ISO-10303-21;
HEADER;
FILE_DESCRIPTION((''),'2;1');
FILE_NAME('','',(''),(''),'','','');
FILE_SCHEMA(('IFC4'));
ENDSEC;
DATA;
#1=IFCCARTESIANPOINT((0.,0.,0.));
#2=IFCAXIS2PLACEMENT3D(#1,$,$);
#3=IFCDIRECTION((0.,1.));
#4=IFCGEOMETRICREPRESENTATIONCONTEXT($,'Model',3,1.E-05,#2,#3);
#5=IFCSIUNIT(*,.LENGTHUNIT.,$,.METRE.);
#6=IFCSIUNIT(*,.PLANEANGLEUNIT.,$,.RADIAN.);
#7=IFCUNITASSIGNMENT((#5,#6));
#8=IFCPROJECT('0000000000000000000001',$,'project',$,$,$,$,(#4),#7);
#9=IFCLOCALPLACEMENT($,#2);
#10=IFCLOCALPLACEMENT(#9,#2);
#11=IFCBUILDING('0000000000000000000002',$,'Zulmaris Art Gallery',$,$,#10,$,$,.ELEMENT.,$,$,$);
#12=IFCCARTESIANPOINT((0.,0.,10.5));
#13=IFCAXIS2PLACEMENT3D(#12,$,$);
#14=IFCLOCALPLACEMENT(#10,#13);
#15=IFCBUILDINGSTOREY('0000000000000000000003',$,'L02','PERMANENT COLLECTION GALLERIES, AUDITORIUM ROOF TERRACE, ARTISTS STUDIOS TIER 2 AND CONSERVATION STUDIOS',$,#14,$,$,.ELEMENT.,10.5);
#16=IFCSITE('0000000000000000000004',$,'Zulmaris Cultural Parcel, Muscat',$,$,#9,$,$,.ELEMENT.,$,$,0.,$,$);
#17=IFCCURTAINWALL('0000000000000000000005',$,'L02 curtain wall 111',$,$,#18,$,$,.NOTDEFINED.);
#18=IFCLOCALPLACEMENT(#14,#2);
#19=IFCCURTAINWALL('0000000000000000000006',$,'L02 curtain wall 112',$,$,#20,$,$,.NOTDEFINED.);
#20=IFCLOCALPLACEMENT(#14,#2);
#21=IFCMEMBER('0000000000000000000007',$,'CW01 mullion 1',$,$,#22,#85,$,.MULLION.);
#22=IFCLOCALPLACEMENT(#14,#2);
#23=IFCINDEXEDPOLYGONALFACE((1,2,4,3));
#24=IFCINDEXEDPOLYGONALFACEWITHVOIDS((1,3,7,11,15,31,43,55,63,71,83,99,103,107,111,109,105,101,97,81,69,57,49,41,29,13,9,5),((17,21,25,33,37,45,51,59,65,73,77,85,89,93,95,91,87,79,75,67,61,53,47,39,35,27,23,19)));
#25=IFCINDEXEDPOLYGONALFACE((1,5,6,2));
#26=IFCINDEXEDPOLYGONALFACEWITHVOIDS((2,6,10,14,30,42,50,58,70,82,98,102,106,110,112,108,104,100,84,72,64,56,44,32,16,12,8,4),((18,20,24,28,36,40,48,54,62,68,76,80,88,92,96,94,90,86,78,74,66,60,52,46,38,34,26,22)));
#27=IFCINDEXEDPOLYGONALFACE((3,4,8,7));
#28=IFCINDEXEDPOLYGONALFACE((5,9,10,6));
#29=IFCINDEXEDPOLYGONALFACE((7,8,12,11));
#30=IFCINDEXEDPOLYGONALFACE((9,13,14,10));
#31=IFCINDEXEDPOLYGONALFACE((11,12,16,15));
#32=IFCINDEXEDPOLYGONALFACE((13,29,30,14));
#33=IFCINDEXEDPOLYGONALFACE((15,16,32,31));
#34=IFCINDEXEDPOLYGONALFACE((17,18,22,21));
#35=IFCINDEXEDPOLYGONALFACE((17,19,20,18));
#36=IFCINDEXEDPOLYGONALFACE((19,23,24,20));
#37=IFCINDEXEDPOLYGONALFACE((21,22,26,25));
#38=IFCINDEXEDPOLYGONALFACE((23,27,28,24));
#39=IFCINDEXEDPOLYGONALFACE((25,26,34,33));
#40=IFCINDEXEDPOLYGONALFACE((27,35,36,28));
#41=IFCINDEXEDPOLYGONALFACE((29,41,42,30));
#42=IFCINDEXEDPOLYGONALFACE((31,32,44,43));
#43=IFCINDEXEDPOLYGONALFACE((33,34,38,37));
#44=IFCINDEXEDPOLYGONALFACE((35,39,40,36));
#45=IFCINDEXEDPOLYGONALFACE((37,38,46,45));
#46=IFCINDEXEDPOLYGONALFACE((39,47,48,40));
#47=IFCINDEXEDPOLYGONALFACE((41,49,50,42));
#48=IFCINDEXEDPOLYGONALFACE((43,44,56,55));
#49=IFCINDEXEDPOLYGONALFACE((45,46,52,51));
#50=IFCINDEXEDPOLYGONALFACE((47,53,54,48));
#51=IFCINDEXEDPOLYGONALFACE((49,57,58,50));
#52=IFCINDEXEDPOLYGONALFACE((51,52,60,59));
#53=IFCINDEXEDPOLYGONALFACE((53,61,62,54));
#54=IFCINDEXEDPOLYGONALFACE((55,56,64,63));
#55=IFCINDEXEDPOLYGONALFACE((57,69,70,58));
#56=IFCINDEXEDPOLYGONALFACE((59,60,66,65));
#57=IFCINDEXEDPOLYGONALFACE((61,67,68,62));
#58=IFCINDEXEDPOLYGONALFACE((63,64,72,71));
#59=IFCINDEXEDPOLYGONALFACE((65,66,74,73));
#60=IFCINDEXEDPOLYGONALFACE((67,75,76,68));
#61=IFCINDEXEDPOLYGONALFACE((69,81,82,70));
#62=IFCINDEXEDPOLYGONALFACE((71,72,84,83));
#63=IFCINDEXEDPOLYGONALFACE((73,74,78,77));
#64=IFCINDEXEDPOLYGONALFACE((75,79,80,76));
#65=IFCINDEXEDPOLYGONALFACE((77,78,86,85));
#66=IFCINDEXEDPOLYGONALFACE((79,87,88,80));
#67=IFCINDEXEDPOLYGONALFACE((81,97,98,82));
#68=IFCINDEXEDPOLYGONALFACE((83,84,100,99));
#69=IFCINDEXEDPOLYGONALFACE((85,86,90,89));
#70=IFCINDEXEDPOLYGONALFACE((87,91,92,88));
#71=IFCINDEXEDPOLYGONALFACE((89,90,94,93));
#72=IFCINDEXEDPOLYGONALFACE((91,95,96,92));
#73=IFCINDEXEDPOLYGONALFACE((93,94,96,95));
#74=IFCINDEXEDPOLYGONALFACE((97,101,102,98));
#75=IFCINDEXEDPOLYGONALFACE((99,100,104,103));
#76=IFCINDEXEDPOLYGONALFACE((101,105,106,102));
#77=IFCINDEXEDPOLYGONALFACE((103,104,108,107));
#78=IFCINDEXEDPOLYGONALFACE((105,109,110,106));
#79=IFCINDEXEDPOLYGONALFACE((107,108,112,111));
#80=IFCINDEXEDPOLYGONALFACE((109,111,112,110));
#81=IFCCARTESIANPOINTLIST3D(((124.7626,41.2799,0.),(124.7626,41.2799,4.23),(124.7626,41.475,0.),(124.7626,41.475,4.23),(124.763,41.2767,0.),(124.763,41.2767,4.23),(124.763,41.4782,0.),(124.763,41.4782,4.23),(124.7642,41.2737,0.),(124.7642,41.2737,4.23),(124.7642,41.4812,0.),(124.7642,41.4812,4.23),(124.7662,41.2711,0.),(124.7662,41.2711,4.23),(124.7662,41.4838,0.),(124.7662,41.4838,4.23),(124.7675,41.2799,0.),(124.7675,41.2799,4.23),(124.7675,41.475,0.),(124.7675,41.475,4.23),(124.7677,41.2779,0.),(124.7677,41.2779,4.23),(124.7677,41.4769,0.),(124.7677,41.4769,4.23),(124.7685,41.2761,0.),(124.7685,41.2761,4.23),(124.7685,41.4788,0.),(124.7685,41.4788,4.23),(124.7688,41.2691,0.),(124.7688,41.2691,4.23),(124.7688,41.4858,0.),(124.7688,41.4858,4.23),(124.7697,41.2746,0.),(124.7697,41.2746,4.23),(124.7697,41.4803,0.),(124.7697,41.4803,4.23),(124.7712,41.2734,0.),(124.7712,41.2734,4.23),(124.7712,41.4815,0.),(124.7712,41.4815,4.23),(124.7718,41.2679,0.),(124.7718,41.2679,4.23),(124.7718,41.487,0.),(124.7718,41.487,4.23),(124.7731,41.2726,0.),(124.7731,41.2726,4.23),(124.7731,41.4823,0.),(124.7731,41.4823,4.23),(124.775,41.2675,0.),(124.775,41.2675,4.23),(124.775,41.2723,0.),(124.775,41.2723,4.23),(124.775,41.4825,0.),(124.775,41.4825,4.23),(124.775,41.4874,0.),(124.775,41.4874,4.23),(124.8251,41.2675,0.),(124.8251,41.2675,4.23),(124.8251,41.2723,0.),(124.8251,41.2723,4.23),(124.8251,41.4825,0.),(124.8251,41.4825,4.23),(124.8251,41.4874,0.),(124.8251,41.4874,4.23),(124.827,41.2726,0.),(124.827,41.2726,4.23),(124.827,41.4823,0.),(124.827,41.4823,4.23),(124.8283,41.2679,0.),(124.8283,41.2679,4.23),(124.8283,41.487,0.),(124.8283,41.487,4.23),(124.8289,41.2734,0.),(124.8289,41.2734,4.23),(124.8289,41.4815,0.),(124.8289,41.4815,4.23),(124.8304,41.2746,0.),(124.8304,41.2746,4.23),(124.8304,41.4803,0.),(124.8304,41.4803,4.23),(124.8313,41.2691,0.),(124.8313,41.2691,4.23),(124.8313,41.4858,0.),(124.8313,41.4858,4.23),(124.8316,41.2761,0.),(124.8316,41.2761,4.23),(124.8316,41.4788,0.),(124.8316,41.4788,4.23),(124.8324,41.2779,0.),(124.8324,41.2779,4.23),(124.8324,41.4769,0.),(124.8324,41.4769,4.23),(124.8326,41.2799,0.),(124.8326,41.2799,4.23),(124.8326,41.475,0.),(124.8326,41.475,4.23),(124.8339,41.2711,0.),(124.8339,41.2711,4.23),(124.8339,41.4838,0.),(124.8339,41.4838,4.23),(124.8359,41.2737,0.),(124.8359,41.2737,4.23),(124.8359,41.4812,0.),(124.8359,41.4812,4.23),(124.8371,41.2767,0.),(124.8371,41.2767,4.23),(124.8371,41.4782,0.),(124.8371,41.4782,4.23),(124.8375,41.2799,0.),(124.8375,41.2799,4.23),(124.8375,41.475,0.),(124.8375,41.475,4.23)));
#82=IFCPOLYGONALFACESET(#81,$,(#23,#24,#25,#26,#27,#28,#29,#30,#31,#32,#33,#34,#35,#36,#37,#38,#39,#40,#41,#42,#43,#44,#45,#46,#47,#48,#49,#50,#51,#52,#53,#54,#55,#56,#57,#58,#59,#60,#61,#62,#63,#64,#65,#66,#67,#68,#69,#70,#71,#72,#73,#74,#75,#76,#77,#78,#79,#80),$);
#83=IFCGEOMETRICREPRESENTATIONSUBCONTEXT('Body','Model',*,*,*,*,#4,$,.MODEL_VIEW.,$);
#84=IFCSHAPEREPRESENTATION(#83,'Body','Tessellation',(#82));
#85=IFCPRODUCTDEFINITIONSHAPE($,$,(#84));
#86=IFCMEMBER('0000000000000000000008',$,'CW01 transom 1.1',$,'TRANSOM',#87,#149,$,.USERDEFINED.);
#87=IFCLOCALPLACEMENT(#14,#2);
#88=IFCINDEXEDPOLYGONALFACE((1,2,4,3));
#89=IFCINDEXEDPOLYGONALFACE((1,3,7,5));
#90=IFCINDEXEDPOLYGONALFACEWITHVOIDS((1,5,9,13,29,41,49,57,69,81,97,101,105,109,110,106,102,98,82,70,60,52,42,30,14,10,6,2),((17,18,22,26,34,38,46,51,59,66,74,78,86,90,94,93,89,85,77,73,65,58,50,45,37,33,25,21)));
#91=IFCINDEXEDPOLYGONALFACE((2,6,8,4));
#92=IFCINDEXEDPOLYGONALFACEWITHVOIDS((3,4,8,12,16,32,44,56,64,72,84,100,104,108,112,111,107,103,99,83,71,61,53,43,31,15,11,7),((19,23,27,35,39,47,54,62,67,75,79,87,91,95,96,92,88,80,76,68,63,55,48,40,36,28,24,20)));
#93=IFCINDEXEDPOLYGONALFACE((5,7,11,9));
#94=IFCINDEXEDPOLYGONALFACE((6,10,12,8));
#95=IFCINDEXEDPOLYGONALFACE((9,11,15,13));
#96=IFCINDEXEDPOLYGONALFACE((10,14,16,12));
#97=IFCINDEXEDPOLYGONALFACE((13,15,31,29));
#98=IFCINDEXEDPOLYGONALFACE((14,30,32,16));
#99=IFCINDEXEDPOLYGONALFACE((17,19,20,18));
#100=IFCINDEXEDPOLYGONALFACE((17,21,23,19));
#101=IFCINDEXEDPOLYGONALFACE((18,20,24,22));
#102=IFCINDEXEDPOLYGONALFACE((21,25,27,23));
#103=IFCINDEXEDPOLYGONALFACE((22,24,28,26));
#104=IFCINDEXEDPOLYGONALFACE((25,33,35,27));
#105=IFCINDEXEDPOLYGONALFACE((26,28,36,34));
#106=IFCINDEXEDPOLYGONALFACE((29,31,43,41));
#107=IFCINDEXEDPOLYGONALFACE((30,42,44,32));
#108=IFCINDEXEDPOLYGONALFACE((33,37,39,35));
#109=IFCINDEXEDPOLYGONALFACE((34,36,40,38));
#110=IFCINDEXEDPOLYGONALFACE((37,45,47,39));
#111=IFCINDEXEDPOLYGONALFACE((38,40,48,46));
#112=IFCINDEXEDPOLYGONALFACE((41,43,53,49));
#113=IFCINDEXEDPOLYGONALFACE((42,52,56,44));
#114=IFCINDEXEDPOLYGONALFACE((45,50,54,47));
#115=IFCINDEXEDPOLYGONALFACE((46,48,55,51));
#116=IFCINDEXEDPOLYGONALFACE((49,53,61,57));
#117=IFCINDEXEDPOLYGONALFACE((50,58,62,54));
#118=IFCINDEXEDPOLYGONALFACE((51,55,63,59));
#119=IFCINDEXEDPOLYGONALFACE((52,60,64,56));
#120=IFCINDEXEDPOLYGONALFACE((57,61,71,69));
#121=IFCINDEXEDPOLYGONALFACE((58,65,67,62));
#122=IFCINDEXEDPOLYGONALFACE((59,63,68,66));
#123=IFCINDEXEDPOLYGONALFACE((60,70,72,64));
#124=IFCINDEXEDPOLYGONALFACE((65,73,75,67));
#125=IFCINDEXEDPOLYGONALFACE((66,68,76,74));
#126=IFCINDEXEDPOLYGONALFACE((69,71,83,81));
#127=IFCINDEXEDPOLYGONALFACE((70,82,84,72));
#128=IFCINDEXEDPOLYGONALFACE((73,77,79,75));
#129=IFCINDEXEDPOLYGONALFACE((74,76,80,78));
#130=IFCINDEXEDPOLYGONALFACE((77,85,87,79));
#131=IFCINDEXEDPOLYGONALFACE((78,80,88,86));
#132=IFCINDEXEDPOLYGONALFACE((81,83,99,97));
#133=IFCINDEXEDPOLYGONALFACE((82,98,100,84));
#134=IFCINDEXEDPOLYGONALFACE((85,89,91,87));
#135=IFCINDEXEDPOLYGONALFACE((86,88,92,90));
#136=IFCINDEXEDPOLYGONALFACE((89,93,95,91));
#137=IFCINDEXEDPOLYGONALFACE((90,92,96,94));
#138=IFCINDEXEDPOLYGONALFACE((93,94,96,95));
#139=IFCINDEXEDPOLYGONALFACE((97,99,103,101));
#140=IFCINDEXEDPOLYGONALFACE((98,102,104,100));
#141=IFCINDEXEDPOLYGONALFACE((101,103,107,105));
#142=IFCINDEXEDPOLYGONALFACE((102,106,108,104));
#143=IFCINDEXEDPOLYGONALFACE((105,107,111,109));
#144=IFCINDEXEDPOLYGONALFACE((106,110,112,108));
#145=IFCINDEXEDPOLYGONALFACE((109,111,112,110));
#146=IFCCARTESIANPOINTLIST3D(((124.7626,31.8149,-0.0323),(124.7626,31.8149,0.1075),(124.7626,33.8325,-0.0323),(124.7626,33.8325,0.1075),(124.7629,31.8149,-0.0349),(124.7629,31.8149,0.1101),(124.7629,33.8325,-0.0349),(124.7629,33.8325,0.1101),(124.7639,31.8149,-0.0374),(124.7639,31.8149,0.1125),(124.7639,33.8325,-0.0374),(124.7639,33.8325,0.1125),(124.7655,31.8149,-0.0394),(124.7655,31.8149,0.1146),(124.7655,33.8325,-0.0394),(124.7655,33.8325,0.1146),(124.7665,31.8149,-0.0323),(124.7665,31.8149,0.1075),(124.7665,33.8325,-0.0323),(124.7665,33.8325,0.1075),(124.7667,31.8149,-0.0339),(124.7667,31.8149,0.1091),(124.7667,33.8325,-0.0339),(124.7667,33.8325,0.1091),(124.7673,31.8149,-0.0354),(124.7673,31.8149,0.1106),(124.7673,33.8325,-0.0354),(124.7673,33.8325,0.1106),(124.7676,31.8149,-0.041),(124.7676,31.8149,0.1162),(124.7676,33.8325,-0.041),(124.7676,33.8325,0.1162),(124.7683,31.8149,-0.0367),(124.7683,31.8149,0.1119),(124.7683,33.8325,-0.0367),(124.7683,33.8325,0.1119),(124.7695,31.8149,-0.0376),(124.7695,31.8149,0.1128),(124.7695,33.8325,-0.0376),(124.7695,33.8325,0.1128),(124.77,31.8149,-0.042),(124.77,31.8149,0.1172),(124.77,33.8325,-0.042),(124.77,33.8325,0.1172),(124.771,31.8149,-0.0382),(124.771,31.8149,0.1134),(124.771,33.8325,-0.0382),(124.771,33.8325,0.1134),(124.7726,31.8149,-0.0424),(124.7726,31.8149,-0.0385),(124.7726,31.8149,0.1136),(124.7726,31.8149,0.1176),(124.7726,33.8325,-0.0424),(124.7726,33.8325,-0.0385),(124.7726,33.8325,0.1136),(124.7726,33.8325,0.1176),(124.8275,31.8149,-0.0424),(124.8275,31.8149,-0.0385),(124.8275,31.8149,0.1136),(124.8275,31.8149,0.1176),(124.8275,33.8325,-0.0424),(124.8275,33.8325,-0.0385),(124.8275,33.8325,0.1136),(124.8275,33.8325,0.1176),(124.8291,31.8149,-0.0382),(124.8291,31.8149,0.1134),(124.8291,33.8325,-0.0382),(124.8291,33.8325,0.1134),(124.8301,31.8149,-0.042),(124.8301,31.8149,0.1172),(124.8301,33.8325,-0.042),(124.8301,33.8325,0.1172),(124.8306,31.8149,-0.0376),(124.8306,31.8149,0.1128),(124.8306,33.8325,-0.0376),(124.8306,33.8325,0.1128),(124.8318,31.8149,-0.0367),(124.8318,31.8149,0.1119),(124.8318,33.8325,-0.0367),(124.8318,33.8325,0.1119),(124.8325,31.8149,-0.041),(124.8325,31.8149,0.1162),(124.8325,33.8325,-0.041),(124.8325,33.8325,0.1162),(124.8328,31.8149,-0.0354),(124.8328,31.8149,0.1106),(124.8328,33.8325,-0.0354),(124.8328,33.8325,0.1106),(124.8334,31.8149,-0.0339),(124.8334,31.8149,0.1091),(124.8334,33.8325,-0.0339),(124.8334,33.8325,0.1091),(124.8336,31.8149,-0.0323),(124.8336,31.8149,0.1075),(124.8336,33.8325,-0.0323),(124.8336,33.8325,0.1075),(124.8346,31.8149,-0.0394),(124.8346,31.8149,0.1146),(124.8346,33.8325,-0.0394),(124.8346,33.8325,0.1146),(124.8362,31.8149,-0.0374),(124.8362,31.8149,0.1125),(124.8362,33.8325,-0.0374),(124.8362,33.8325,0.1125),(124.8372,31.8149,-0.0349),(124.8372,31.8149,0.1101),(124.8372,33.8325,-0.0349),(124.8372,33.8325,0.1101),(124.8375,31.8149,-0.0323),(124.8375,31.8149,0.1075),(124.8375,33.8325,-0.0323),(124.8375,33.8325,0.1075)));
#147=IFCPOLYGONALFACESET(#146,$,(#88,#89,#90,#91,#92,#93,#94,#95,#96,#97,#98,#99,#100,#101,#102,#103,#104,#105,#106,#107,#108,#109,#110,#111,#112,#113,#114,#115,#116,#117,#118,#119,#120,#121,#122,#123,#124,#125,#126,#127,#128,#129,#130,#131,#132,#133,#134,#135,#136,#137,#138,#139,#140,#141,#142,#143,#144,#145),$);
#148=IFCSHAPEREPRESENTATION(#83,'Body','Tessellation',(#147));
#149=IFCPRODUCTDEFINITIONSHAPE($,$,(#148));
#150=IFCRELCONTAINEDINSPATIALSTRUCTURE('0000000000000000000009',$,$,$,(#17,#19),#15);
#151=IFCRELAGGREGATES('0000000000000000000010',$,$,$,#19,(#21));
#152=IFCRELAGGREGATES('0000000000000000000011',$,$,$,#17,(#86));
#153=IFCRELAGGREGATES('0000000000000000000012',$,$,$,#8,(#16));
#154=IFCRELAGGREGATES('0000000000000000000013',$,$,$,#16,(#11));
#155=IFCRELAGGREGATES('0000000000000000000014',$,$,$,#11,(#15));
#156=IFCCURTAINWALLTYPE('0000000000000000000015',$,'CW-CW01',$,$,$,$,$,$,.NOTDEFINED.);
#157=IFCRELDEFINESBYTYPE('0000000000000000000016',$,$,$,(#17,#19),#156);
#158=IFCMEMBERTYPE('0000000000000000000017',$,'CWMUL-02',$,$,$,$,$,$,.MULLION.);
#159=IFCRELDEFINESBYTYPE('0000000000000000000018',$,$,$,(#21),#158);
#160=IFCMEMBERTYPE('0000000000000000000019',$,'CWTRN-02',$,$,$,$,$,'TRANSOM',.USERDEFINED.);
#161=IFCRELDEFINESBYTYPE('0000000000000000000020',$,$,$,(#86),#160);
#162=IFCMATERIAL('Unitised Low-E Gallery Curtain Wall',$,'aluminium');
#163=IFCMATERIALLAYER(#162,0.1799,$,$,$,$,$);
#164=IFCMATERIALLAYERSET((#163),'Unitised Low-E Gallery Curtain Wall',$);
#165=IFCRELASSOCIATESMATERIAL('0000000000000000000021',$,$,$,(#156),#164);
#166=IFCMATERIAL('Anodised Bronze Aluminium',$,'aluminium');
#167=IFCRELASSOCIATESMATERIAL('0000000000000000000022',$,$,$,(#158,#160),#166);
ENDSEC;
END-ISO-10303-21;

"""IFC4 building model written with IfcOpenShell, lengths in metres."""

from ifc_helpers import new_model, si_unit, direction, frame, origin, origin_2d, place, context, subcontext, project, spatial, hollow_rectangle, extrude, material, layer, layer_set, material_profile, profile_set, type_object, element, aggregate, save


model = new_model("IFC4")

# Units and contexts
model_context = context("Model", 3, precision=1e-05, world=origin(), true_north=direction((0.0, 1.0)))
body_context = subcontext(model_context, "Body", "Model", "MODEL_VIEW")
ifc_project = project(units=[si_unit("LENGTHUNIT", "METRE"), si_unit("PLANEANGLEUNIT", "RADIAN")], contexts=[model_context])

# Site, building, storey
site_placement = place(None, origin())
site = spatial("IfcSite", under=ifc_project, at=site_placement, Name="Zulmaris Cultural Parcel, Muscat", CompositionType="ELEMENT", RefElevation=0.0)
building_placement = place(site_placement, origin())
building = spatial("IfcBuilding", under=site, at=building_placement, Name="Zulmaris Art Gallery", CompositionType="ELEMENT")
storey_placement = place(building_placement, frame((0.0, 0.0, 10.5)))
storey = spatial("IfcBuildingStorey", under=building, at=storey_placement, Name="L02", Description="PERMANENT COLLECTION GALLERIES, AUDITORIUM ROOF TERRACE, ARTISTS STUDIOS TIER 2 AND CONSERVATION STUDIOS", CompositionType="ELEMENT", Elevation=10.5)

# Curtain wall
ifc_material_1 = material(Name="Unitised Low-E Gallery Curtain Wall", Category="aluminium")
ifc_layer_1 = layer(ifc_material_1, 0.1799)
ifc_layer_set_1 = layer_set([ifc_layer_1], Name="Unitised Low-E Gallery Curtain Wall")
curtain_wall_type = type_object("IfcCurtainWallType", Name="CW-CW01", PredefinedType="NOTDEFINED", material=ifc_layer_set_1)
curtain_wall_1_placement = place(storey_placement, origin())
curtain_wall_1 = element("IfcCurtainWall", 1, at=curtain_wall_1_placement, inside=storey, type_object=curtain_wall_type, Name="L02 curtain wall 111", PredefinedType="NOTDEFINED")
ifc_material_2 = material(Name="Anodised Bronze Aluminium", Category="aluminium")
ifc_material_profile_1 = material_profile(ifc_material_2, hollow_rectangle(XDim=0.075, YDim=0.22, WallThickness=0.0049, InnerFilletRadius=0.0076, OuterFilletRadius=0.0125, at=origin_2d()), Name="ALU 75x220x5")
ifc_profile_set_1 = profile_set([ifc_material_profile_1], Name="Anodised Bronze Aluminium")
member_type_1 = type_object("IfcMemberType", Name="CWMUL-02", PredefinedType="MULLION", material=ifc_profile_set_1)

# Curtain wall, member
curtain_wall_2_placement = place(storey_placement, origin())
curtain_wall_2 = element("IfcCurtainWall", 2, at=curtain_wall_2_placement, inside=storey, type_object=curtain_wall_type, Name="L02 curtain wall 112", PredefinedType="NOTDEFINED")
member_1_placement = place(storey_placement, frame((124.8, 41.3774, 0.0), z_axis=(0.0, 0.0, 1.0), x_axis=(-1.0, 0.0, 0.0)))
member_1 = element("IfcMember", 3, at=member_1_placement, type_object=member_type_1, Name="CW01 mullion 1", PredefinedType="MULLION", context=body_context, shape_type="SweptSolid", body=[
    extrude(hollow_rectangle(XDim=0.075, YDim=0.22, WallThickness=0.0049, InnerFilletRadius=0.0076, OuterFilletRadius=0.0125, at=origin_2d()), origin(), (0.0, 0.0, 1.0), 4.23),
])

# Member
ifc_material_profile_2 = material_profile(ifc_material_2, hollow_rectangle(XDim=0.075, YDim=0.1599, WallThickness=0.0039, InnerFilletRadius=0.0061, OuterFilletRadius=0.01, at=origin_2d()), Name="ALU 75x160x4")
ifc_profile_set_2 = profile_set([ifc_material_profile_2], Name="Anodised Bronze Aluminium")
member_type_2 = type_object("IfcMemberType", Name="CWTRN-02", ElementType="TRANSOM", PredefinedType="USERDEFINED", material=ifc_profile_set_2)
member_2_placement = place(storey_placement, frame((124.8, 31.8149, 0.0376), z_axis=(0.0, 1.0, 0.0), x_axis=(-1.0, 0.0, 0.0)))
member_2 = element("IfcMember", 4, at=member_2_placement, type_object=member_type_2, Name="CW01 transom 1.1", ObjectType="TRANSOM", PredefinedType="USERDEFINED", context=body_context, shape_type="SweptSolid", body=[
    extrude(hollow_rectangle(XDim=0.075, YDim=0.1599, WallThickness=0.0039, InnerFilletRadius=0.0061, OuterFilletRadius=0.01, at=origin_2d()), origin(), (0.0, 0.0, 1.0), 2.0176),
])
aggregate(curtain_wall_2, [member_1])

aggregate(curtain_wall_1, [member_2])

save(model, "model.ifc")
